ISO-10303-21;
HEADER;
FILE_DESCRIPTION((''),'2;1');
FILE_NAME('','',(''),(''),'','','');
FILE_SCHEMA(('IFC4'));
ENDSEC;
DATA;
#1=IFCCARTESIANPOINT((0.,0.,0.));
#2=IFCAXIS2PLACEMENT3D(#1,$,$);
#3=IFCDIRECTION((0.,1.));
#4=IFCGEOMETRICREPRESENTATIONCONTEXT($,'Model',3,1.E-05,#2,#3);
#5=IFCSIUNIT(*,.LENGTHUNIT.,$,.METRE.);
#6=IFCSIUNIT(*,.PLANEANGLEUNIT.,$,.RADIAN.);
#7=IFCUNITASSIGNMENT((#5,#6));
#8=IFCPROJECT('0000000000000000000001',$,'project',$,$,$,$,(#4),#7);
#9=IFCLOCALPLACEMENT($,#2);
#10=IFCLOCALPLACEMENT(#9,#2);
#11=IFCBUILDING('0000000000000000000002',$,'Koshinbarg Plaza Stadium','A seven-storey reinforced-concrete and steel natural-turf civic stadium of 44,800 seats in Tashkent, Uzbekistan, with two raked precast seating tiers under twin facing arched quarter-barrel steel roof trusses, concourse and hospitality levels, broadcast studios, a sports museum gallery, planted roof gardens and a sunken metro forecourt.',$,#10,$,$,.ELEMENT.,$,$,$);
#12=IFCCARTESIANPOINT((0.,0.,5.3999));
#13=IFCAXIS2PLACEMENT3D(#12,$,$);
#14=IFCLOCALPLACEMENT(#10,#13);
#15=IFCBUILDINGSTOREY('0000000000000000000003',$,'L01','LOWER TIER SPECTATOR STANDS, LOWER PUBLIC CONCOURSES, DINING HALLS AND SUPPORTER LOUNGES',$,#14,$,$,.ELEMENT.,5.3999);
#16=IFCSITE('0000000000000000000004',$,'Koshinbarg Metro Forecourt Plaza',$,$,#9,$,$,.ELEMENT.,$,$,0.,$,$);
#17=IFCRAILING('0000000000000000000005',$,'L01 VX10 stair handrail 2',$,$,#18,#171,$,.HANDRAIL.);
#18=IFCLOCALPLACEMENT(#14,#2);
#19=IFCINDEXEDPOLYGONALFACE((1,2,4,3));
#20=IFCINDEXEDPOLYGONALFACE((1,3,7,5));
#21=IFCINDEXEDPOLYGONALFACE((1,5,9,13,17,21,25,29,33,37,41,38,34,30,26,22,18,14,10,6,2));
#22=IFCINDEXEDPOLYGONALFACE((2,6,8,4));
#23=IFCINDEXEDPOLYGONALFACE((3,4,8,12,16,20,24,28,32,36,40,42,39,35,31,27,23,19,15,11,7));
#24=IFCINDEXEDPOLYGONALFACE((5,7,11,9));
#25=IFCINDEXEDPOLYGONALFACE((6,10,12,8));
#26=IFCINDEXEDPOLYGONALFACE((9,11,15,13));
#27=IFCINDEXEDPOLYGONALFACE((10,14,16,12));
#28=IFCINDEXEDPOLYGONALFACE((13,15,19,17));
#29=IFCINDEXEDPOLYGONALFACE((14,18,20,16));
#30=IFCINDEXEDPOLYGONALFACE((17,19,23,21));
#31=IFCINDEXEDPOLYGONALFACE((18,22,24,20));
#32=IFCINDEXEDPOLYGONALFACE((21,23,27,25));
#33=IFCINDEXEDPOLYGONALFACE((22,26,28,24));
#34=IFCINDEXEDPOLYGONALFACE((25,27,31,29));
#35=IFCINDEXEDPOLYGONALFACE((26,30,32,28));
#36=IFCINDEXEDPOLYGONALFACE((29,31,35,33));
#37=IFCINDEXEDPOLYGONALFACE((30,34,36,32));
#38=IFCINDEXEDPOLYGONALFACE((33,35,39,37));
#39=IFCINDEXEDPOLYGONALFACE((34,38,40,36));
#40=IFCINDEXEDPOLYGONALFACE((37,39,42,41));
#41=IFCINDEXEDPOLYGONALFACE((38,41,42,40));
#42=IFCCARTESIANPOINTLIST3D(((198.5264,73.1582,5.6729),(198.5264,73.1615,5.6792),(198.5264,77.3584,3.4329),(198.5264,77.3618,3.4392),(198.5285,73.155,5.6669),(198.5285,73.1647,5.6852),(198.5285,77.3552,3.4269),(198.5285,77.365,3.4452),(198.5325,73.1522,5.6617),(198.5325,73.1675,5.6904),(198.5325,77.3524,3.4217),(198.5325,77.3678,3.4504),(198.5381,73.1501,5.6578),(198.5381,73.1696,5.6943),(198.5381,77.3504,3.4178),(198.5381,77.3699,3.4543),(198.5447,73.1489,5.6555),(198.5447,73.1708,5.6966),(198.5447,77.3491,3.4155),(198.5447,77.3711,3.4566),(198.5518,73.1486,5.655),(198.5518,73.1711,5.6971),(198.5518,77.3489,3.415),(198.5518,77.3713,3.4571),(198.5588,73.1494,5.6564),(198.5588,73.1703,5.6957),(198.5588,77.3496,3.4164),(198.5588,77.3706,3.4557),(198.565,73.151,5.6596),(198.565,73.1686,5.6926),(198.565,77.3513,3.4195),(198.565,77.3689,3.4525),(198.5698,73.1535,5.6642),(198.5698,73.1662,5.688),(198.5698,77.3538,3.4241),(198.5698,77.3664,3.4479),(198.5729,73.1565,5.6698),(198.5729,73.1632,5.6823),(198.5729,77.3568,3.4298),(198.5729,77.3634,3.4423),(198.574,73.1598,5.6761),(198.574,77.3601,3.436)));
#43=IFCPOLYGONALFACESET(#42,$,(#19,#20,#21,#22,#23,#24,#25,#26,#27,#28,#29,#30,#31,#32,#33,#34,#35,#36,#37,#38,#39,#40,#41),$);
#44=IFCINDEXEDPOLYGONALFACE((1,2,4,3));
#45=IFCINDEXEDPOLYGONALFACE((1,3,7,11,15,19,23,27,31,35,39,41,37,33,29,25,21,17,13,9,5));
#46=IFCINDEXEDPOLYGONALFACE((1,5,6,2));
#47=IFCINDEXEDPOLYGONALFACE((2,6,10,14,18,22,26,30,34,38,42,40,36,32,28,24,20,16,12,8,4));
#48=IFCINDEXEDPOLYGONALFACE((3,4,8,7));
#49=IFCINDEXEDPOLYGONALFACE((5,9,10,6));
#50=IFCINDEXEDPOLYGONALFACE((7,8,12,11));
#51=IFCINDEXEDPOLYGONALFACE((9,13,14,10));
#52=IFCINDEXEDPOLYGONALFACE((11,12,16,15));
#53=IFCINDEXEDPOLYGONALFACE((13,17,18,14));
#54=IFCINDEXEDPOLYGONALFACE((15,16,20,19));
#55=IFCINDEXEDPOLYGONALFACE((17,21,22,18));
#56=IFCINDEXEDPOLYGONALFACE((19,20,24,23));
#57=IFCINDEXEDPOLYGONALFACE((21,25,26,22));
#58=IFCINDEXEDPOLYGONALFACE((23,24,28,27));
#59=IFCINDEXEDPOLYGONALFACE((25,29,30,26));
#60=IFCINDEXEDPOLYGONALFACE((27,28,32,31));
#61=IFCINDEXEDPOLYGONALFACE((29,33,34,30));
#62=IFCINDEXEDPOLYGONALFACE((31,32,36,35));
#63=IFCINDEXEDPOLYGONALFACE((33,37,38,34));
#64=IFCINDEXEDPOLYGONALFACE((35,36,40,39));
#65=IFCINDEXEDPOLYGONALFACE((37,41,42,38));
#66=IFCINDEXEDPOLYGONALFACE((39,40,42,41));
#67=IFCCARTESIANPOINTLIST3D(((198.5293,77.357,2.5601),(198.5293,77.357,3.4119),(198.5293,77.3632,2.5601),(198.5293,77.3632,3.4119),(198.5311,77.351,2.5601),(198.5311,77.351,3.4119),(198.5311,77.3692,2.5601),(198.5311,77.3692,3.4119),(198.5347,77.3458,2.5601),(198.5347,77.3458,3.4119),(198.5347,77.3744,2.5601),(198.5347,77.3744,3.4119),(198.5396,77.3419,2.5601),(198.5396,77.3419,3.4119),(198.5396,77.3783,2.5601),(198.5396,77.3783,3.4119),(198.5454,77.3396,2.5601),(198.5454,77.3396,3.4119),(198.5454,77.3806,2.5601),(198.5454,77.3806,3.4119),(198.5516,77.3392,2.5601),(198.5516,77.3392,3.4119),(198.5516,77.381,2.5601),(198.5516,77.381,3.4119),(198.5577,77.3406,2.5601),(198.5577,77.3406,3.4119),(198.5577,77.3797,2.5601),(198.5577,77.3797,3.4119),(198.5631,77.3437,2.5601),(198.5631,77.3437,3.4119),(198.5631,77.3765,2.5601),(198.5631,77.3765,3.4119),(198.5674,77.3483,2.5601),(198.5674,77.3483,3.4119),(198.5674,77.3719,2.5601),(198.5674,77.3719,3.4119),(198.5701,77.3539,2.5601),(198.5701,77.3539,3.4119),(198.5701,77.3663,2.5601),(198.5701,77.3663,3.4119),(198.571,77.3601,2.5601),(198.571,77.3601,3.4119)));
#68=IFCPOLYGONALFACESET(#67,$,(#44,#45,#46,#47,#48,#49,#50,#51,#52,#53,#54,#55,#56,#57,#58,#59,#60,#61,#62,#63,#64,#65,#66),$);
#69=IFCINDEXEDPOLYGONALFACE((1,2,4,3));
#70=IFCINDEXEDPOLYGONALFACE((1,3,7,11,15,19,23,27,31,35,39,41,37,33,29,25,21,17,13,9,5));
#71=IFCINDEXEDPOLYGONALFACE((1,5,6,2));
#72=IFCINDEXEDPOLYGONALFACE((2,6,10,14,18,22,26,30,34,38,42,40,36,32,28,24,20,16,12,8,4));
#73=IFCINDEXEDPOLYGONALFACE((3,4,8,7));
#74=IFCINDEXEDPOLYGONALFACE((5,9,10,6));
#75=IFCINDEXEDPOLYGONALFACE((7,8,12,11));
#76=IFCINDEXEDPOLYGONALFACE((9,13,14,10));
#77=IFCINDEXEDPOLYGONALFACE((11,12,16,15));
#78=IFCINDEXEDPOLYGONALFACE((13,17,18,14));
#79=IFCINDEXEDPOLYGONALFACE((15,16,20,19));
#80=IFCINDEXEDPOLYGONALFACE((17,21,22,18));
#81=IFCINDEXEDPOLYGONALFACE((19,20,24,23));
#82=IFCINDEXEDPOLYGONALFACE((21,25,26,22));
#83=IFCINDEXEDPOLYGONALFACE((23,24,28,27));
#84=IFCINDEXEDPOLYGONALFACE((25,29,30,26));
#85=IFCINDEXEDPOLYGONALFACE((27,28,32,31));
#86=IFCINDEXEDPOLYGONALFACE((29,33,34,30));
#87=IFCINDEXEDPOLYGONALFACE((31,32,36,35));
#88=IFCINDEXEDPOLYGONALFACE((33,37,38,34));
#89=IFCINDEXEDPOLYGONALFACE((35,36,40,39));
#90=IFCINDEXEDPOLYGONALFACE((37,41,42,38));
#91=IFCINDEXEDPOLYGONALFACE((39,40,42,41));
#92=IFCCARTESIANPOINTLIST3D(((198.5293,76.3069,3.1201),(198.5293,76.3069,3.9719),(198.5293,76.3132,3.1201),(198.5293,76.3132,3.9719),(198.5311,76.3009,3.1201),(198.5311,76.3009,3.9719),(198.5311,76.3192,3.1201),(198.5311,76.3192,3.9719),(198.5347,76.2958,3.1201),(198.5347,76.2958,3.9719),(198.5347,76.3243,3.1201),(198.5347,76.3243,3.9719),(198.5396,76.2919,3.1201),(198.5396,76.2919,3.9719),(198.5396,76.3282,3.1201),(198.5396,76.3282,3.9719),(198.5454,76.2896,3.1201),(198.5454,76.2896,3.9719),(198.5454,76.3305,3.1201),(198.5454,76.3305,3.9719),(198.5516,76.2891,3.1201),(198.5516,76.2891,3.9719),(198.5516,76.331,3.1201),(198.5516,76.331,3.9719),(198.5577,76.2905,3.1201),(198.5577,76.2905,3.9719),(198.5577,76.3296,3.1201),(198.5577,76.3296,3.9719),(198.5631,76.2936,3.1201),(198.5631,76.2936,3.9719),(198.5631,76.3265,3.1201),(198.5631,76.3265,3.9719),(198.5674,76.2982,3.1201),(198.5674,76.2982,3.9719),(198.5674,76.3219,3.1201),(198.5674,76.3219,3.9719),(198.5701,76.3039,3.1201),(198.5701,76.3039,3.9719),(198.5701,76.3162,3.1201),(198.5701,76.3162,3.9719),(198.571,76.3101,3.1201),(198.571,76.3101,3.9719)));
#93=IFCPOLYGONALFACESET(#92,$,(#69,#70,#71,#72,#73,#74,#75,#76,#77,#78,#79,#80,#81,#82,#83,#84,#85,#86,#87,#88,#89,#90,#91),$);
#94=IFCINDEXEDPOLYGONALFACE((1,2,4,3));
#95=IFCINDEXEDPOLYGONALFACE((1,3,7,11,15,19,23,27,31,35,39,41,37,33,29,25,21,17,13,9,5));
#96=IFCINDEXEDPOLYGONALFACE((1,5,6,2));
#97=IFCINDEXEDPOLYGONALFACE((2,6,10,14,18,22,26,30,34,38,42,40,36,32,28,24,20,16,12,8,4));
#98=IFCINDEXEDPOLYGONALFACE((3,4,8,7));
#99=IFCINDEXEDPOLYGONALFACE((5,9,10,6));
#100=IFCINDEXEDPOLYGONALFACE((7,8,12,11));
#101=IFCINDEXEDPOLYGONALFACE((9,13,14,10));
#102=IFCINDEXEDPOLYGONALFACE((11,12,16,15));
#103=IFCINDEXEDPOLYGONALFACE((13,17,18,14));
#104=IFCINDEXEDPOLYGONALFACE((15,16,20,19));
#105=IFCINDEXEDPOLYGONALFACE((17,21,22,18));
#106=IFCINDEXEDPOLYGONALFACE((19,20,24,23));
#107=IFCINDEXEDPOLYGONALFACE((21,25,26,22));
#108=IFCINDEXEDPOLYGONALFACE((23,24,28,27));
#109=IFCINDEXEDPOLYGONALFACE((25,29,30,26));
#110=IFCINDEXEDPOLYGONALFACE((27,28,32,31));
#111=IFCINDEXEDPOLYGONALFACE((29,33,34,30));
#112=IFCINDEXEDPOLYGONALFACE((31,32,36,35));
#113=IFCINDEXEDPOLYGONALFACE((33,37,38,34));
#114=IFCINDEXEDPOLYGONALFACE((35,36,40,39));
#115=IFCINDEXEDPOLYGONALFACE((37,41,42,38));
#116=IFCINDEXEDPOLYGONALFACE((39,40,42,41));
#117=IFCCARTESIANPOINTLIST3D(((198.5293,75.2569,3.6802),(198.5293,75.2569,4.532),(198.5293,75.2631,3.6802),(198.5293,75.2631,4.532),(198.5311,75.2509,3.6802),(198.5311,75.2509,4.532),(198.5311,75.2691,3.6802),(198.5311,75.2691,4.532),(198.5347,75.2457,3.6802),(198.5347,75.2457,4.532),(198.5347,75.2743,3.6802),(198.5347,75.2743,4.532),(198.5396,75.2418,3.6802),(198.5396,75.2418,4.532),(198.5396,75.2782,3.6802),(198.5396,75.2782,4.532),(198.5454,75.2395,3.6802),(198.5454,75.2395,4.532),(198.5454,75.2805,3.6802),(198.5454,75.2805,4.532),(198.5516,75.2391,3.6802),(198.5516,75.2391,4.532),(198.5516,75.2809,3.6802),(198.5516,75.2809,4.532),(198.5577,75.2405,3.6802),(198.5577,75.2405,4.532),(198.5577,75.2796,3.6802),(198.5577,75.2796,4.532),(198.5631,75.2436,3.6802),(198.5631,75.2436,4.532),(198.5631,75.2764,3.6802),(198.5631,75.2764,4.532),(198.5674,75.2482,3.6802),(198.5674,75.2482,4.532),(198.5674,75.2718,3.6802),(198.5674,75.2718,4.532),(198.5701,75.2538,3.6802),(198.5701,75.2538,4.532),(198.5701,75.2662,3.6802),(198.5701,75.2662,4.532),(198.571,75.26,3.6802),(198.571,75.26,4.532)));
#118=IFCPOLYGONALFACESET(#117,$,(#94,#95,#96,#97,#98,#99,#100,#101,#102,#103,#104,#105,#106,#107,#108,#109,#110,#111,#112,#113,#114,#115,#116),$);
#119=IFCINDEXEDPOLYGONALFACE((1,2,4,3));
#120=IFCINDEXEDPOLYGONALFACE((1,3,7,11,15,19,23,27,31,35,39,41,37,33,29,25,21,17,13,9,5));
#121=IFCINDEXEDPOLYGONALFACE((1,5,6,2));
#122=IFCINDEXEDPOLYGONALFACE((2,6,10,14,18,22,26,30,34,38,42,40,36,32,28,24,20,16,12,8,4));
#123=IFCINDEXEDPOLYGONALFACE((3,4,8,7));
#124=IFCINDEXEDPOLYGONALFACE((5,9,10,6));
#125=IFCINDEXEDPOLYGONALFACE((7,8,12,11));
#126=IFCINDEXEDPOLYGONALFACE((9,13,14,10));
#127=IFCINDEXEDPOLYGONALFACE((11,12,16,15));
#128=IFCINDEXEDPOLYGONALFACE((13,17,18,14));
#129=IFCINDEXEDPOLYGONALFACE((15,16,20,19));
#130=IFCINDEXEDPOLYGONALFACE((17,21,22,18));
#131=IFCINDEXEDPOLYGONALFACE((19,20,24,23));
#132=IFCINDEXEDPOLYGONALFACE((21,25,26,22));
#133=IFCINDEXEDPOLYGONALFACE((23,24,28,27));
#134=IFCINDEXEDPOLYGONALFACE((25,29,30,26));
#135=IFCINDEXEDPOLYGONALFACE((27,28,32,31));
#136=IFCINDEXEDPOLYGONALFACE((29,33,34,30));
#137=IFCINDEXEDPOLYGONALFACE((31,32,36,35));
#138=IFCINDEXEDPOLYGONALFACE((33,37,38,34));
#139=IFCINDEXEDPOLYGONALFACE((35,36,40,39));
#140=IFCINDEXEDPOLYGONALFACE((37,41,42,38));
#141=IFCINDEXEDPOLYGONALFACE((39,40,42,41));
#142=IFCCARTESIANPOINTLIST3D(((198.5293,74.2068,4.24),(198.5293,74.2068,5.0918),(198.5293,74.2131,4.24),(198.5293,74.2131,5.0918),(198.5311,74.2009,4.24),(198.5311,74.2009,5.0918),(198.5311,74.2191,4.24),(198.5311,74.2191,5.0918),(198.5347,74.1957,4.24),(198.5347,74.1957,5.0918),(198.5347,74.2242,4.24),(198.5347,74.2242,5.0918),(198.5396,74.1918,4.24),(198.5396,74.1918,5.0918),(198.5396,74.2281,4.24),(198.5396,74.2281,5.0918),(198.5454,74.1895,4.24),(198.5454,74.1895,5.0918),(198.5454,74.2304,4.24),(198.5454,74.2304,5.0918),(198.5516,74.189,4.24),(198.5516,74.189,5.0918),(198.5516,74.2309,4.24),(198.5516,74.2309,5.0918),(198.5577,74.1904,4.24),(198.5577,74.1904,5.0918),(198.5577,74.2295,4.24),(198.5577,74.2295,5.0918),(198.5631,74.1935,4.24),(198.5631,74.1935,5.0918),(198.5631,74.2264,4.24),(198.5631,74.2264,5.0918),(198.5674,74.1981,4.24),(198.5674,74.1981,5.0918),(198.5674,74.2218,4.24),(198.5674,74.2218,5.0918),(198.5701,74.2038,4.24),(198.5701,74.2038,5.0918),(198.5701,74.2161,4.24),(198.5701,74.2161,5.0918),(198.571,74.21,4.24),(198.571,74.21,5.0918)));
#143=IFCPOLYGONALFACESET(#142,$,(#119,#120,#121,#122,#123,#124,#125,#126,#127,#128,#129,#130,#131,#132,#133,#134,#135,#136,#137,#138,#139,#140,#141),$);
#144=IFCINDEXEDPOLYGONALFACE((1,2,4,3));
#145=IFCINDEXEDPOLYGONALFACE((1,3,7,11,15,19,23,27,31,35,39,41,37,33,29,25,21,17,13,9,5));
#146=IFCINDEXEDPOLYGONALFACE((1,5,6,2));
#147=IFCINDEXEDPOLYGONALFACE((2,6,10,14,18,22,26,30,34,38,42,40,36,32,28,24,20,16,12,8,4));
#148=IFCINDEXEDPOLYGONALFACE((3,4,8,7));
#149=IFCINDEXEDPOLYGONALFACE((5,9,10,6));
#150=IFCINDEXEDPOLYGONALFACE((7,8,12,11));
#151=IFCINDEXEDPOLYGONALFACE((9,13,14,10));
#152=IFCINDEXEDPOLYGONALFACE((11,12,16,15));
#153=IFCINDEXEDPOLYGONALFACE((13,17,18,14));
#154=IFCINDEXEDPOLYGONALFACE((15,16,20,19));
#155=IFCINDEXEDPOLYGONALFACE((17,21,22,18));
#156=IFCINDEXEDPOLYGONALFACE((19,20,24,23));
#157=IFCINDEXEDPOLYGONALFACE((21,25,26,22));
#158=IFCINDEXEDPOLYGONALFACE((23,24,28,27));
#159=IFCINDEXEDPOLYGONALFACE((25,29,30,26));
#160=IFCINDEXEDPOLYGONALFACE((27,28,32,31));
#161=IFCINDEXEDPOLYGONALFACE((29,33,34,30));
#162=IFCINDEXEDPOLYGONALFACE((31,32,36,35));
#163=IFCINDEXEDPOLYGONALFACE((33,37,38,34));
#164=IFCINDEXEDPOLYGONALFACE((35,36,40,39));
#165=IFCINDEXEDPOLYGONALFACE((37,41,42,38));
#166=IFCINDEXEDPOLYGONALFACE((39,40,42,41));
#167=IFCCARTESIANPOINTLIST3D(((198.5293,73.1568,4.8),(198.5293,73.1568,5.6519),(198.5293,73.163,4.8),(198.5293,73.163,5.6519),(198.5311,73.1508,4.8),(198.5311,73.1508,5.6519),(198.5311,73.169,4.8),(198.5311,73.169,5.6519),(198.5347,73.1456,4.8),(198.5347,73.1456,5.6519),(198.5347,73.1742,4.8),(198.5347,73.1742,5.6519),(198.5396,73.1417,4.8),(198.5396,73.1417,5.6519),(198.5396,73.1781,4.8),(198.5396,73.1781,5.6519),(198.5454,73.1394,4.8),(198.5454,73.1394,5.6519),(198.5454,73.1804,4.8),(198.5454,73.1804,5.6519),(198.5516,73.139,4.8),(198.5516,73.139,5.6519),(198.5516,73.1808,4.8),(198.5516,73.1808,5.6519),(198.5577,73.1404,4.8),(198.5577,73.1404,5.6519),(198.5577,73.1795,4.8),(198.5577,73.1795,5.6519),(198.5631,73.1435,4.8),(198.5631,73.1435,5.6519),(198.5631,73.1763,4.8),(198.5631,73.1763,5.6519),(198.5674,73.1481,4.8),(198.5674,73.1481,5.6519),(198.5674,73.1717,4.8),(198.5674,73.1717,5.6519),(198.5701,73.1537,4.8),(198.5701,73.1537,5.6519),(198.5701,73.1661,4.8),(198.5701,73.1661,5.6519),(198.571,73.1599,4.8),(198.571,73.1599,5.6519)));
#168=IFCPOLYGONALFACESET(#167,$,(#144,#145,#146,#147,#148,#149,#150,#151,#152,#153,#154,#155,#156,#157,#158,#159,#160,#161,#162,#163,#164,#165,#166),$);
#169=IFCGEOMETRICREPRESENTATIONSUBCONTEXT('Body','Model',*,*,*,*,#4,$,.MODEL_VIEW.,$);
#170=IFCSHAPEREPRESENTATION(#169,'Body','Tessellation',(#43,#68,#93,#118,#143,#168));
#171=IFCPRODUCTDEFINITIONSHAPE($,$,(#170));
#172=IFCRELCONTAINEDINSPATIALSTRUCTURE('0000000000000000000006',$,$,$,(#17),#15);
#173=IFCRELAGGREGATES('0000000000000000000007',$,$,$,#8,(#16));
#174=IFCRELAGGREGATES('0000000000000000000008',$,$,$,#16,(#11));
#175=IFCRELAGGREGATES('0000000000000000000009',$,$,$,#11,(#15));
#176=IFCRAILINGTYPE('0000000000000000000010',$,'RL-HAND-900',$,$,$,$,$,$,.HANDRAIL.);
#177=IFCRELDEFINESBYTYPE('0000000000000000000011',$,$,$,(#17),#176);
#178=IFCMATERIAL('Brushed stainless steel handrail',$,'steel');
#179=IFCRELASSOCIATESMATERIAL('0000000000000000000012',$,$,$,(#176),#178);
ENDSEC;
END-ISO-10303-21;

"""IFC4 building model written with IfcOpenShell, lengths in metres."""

from ifc_helpers import new_model, si_unit, direction, frame, origin, origin_2d, place, context, subcontext, project, spatial, circle, extrude, material, type_object, element, save


model = new_model("IFC4")

# Units and contexts
model_context = context("Model", 3, precision=1e-05, world=origin(), true_north=direction((0.0, 1.0)))
body_context = subcontext(model_context, "Body", "Model", "MODEL_VIEW")
ifc_project = project(units=[si_unit("LENGTHUNIT", "METRE"), si_unit("PLANEANGLEUNIT", "RADIAN")], contexts=[model_context])

# Site, building, storey
site_placement = place(None, origin())
site = spatial("IfcSite", under=ifc_project, at=site_placement, Name="Koshinbarg Metro Forecourt Plaza", CompositionType="ELEMENT", RefElevation=0.0)
building_placement = place(site_placement, origin())
building = spatial("IfcBuilding", under=site, at=building_placement, Name="Koshinbarg Plaza Stadium", Description="A seven-storey reinforced-concrete and steel natural-turf civic stadium of 44,800 seats in Tashkent, Uzbekistan, with two raked precast seating tiers under twin facing arched quarter-barrel steel roof trusses, concourse and hospitality levels, broadcast studios, a sports museum gallery, planted roof gardens and a sunken metro forecourt.", CompositionType="ELEMENT")
storey_placement = place(building_placement, frame((0.0, 0.0, 5.3999)))
storey = spatial("IfcBuildingStorey", under=building, at=storey_placement, Name="L01", Description="LOWER TIER SPECTATOR STANDS, LOWER PUBLIC CONCOURSES, DINING HALLS AND SUPPORTER LOUNGES", CompositionType="ELEMENT", Elevation=5.3999)

# Railing
ifc_material_1 = material(Name="Brushed stainless steel handrail", Category="steel")
railing_type_1 = type_object("IfcRailingType", Name="RL-HAND-900", PredefinedType="HANDRAIL", material=ifc_material_1)
railing_1_placement = place(storey_placement, frame((198.55, 77.3601, 2.5601)))
element("IfcRailing", 1, at=railing_1_placement, inside=storey, type_object=railing_type_1, Name="L01 VX10 stair handrail 2", PredefinedType="HANDRAIL", context=body_context, shape_type="SweptSolid", body=[
    extrude(circle(Radius=0.0239, at=origin_2d()), frame((0.0, 0.0, 0.876), z_axis=(0.0, -0.882363, 0.47057), x_axis=(1.0, 0.0, 0.0)), (0.0, 0.0, 1.0), 4.7603),
    extrude(circle(Radius=0.021, at=origin_2d()), origin(), (0.0, 0.0, 1.0), 0.8518),
    extrude(circle(Radius=0.021, at=origin_2d()), frame((0.0, -1.05, 0.5601)), (0.0, 0.0, 1.0), 0.8518),
    extrude(circle(Radius=0.021, at=origin_2d()), frame((0.0, -2.1001, 1.1201)), (0.0, 0.0, 1.0), 0.8518),
    extrude(circle(Radius=0.021, at=origin_2d()), frame((0.0, -3.1501, 1.6799)), (0.0, 0.0, 1.0), 0.8518),
    extrude(circle(Radius=0.021, at=origin_2d()), frame((0.0, -4.2002, 2.24)), (0.0, 0.0, 1.0), 0.8518),
])

save(model, "model.ifc")
